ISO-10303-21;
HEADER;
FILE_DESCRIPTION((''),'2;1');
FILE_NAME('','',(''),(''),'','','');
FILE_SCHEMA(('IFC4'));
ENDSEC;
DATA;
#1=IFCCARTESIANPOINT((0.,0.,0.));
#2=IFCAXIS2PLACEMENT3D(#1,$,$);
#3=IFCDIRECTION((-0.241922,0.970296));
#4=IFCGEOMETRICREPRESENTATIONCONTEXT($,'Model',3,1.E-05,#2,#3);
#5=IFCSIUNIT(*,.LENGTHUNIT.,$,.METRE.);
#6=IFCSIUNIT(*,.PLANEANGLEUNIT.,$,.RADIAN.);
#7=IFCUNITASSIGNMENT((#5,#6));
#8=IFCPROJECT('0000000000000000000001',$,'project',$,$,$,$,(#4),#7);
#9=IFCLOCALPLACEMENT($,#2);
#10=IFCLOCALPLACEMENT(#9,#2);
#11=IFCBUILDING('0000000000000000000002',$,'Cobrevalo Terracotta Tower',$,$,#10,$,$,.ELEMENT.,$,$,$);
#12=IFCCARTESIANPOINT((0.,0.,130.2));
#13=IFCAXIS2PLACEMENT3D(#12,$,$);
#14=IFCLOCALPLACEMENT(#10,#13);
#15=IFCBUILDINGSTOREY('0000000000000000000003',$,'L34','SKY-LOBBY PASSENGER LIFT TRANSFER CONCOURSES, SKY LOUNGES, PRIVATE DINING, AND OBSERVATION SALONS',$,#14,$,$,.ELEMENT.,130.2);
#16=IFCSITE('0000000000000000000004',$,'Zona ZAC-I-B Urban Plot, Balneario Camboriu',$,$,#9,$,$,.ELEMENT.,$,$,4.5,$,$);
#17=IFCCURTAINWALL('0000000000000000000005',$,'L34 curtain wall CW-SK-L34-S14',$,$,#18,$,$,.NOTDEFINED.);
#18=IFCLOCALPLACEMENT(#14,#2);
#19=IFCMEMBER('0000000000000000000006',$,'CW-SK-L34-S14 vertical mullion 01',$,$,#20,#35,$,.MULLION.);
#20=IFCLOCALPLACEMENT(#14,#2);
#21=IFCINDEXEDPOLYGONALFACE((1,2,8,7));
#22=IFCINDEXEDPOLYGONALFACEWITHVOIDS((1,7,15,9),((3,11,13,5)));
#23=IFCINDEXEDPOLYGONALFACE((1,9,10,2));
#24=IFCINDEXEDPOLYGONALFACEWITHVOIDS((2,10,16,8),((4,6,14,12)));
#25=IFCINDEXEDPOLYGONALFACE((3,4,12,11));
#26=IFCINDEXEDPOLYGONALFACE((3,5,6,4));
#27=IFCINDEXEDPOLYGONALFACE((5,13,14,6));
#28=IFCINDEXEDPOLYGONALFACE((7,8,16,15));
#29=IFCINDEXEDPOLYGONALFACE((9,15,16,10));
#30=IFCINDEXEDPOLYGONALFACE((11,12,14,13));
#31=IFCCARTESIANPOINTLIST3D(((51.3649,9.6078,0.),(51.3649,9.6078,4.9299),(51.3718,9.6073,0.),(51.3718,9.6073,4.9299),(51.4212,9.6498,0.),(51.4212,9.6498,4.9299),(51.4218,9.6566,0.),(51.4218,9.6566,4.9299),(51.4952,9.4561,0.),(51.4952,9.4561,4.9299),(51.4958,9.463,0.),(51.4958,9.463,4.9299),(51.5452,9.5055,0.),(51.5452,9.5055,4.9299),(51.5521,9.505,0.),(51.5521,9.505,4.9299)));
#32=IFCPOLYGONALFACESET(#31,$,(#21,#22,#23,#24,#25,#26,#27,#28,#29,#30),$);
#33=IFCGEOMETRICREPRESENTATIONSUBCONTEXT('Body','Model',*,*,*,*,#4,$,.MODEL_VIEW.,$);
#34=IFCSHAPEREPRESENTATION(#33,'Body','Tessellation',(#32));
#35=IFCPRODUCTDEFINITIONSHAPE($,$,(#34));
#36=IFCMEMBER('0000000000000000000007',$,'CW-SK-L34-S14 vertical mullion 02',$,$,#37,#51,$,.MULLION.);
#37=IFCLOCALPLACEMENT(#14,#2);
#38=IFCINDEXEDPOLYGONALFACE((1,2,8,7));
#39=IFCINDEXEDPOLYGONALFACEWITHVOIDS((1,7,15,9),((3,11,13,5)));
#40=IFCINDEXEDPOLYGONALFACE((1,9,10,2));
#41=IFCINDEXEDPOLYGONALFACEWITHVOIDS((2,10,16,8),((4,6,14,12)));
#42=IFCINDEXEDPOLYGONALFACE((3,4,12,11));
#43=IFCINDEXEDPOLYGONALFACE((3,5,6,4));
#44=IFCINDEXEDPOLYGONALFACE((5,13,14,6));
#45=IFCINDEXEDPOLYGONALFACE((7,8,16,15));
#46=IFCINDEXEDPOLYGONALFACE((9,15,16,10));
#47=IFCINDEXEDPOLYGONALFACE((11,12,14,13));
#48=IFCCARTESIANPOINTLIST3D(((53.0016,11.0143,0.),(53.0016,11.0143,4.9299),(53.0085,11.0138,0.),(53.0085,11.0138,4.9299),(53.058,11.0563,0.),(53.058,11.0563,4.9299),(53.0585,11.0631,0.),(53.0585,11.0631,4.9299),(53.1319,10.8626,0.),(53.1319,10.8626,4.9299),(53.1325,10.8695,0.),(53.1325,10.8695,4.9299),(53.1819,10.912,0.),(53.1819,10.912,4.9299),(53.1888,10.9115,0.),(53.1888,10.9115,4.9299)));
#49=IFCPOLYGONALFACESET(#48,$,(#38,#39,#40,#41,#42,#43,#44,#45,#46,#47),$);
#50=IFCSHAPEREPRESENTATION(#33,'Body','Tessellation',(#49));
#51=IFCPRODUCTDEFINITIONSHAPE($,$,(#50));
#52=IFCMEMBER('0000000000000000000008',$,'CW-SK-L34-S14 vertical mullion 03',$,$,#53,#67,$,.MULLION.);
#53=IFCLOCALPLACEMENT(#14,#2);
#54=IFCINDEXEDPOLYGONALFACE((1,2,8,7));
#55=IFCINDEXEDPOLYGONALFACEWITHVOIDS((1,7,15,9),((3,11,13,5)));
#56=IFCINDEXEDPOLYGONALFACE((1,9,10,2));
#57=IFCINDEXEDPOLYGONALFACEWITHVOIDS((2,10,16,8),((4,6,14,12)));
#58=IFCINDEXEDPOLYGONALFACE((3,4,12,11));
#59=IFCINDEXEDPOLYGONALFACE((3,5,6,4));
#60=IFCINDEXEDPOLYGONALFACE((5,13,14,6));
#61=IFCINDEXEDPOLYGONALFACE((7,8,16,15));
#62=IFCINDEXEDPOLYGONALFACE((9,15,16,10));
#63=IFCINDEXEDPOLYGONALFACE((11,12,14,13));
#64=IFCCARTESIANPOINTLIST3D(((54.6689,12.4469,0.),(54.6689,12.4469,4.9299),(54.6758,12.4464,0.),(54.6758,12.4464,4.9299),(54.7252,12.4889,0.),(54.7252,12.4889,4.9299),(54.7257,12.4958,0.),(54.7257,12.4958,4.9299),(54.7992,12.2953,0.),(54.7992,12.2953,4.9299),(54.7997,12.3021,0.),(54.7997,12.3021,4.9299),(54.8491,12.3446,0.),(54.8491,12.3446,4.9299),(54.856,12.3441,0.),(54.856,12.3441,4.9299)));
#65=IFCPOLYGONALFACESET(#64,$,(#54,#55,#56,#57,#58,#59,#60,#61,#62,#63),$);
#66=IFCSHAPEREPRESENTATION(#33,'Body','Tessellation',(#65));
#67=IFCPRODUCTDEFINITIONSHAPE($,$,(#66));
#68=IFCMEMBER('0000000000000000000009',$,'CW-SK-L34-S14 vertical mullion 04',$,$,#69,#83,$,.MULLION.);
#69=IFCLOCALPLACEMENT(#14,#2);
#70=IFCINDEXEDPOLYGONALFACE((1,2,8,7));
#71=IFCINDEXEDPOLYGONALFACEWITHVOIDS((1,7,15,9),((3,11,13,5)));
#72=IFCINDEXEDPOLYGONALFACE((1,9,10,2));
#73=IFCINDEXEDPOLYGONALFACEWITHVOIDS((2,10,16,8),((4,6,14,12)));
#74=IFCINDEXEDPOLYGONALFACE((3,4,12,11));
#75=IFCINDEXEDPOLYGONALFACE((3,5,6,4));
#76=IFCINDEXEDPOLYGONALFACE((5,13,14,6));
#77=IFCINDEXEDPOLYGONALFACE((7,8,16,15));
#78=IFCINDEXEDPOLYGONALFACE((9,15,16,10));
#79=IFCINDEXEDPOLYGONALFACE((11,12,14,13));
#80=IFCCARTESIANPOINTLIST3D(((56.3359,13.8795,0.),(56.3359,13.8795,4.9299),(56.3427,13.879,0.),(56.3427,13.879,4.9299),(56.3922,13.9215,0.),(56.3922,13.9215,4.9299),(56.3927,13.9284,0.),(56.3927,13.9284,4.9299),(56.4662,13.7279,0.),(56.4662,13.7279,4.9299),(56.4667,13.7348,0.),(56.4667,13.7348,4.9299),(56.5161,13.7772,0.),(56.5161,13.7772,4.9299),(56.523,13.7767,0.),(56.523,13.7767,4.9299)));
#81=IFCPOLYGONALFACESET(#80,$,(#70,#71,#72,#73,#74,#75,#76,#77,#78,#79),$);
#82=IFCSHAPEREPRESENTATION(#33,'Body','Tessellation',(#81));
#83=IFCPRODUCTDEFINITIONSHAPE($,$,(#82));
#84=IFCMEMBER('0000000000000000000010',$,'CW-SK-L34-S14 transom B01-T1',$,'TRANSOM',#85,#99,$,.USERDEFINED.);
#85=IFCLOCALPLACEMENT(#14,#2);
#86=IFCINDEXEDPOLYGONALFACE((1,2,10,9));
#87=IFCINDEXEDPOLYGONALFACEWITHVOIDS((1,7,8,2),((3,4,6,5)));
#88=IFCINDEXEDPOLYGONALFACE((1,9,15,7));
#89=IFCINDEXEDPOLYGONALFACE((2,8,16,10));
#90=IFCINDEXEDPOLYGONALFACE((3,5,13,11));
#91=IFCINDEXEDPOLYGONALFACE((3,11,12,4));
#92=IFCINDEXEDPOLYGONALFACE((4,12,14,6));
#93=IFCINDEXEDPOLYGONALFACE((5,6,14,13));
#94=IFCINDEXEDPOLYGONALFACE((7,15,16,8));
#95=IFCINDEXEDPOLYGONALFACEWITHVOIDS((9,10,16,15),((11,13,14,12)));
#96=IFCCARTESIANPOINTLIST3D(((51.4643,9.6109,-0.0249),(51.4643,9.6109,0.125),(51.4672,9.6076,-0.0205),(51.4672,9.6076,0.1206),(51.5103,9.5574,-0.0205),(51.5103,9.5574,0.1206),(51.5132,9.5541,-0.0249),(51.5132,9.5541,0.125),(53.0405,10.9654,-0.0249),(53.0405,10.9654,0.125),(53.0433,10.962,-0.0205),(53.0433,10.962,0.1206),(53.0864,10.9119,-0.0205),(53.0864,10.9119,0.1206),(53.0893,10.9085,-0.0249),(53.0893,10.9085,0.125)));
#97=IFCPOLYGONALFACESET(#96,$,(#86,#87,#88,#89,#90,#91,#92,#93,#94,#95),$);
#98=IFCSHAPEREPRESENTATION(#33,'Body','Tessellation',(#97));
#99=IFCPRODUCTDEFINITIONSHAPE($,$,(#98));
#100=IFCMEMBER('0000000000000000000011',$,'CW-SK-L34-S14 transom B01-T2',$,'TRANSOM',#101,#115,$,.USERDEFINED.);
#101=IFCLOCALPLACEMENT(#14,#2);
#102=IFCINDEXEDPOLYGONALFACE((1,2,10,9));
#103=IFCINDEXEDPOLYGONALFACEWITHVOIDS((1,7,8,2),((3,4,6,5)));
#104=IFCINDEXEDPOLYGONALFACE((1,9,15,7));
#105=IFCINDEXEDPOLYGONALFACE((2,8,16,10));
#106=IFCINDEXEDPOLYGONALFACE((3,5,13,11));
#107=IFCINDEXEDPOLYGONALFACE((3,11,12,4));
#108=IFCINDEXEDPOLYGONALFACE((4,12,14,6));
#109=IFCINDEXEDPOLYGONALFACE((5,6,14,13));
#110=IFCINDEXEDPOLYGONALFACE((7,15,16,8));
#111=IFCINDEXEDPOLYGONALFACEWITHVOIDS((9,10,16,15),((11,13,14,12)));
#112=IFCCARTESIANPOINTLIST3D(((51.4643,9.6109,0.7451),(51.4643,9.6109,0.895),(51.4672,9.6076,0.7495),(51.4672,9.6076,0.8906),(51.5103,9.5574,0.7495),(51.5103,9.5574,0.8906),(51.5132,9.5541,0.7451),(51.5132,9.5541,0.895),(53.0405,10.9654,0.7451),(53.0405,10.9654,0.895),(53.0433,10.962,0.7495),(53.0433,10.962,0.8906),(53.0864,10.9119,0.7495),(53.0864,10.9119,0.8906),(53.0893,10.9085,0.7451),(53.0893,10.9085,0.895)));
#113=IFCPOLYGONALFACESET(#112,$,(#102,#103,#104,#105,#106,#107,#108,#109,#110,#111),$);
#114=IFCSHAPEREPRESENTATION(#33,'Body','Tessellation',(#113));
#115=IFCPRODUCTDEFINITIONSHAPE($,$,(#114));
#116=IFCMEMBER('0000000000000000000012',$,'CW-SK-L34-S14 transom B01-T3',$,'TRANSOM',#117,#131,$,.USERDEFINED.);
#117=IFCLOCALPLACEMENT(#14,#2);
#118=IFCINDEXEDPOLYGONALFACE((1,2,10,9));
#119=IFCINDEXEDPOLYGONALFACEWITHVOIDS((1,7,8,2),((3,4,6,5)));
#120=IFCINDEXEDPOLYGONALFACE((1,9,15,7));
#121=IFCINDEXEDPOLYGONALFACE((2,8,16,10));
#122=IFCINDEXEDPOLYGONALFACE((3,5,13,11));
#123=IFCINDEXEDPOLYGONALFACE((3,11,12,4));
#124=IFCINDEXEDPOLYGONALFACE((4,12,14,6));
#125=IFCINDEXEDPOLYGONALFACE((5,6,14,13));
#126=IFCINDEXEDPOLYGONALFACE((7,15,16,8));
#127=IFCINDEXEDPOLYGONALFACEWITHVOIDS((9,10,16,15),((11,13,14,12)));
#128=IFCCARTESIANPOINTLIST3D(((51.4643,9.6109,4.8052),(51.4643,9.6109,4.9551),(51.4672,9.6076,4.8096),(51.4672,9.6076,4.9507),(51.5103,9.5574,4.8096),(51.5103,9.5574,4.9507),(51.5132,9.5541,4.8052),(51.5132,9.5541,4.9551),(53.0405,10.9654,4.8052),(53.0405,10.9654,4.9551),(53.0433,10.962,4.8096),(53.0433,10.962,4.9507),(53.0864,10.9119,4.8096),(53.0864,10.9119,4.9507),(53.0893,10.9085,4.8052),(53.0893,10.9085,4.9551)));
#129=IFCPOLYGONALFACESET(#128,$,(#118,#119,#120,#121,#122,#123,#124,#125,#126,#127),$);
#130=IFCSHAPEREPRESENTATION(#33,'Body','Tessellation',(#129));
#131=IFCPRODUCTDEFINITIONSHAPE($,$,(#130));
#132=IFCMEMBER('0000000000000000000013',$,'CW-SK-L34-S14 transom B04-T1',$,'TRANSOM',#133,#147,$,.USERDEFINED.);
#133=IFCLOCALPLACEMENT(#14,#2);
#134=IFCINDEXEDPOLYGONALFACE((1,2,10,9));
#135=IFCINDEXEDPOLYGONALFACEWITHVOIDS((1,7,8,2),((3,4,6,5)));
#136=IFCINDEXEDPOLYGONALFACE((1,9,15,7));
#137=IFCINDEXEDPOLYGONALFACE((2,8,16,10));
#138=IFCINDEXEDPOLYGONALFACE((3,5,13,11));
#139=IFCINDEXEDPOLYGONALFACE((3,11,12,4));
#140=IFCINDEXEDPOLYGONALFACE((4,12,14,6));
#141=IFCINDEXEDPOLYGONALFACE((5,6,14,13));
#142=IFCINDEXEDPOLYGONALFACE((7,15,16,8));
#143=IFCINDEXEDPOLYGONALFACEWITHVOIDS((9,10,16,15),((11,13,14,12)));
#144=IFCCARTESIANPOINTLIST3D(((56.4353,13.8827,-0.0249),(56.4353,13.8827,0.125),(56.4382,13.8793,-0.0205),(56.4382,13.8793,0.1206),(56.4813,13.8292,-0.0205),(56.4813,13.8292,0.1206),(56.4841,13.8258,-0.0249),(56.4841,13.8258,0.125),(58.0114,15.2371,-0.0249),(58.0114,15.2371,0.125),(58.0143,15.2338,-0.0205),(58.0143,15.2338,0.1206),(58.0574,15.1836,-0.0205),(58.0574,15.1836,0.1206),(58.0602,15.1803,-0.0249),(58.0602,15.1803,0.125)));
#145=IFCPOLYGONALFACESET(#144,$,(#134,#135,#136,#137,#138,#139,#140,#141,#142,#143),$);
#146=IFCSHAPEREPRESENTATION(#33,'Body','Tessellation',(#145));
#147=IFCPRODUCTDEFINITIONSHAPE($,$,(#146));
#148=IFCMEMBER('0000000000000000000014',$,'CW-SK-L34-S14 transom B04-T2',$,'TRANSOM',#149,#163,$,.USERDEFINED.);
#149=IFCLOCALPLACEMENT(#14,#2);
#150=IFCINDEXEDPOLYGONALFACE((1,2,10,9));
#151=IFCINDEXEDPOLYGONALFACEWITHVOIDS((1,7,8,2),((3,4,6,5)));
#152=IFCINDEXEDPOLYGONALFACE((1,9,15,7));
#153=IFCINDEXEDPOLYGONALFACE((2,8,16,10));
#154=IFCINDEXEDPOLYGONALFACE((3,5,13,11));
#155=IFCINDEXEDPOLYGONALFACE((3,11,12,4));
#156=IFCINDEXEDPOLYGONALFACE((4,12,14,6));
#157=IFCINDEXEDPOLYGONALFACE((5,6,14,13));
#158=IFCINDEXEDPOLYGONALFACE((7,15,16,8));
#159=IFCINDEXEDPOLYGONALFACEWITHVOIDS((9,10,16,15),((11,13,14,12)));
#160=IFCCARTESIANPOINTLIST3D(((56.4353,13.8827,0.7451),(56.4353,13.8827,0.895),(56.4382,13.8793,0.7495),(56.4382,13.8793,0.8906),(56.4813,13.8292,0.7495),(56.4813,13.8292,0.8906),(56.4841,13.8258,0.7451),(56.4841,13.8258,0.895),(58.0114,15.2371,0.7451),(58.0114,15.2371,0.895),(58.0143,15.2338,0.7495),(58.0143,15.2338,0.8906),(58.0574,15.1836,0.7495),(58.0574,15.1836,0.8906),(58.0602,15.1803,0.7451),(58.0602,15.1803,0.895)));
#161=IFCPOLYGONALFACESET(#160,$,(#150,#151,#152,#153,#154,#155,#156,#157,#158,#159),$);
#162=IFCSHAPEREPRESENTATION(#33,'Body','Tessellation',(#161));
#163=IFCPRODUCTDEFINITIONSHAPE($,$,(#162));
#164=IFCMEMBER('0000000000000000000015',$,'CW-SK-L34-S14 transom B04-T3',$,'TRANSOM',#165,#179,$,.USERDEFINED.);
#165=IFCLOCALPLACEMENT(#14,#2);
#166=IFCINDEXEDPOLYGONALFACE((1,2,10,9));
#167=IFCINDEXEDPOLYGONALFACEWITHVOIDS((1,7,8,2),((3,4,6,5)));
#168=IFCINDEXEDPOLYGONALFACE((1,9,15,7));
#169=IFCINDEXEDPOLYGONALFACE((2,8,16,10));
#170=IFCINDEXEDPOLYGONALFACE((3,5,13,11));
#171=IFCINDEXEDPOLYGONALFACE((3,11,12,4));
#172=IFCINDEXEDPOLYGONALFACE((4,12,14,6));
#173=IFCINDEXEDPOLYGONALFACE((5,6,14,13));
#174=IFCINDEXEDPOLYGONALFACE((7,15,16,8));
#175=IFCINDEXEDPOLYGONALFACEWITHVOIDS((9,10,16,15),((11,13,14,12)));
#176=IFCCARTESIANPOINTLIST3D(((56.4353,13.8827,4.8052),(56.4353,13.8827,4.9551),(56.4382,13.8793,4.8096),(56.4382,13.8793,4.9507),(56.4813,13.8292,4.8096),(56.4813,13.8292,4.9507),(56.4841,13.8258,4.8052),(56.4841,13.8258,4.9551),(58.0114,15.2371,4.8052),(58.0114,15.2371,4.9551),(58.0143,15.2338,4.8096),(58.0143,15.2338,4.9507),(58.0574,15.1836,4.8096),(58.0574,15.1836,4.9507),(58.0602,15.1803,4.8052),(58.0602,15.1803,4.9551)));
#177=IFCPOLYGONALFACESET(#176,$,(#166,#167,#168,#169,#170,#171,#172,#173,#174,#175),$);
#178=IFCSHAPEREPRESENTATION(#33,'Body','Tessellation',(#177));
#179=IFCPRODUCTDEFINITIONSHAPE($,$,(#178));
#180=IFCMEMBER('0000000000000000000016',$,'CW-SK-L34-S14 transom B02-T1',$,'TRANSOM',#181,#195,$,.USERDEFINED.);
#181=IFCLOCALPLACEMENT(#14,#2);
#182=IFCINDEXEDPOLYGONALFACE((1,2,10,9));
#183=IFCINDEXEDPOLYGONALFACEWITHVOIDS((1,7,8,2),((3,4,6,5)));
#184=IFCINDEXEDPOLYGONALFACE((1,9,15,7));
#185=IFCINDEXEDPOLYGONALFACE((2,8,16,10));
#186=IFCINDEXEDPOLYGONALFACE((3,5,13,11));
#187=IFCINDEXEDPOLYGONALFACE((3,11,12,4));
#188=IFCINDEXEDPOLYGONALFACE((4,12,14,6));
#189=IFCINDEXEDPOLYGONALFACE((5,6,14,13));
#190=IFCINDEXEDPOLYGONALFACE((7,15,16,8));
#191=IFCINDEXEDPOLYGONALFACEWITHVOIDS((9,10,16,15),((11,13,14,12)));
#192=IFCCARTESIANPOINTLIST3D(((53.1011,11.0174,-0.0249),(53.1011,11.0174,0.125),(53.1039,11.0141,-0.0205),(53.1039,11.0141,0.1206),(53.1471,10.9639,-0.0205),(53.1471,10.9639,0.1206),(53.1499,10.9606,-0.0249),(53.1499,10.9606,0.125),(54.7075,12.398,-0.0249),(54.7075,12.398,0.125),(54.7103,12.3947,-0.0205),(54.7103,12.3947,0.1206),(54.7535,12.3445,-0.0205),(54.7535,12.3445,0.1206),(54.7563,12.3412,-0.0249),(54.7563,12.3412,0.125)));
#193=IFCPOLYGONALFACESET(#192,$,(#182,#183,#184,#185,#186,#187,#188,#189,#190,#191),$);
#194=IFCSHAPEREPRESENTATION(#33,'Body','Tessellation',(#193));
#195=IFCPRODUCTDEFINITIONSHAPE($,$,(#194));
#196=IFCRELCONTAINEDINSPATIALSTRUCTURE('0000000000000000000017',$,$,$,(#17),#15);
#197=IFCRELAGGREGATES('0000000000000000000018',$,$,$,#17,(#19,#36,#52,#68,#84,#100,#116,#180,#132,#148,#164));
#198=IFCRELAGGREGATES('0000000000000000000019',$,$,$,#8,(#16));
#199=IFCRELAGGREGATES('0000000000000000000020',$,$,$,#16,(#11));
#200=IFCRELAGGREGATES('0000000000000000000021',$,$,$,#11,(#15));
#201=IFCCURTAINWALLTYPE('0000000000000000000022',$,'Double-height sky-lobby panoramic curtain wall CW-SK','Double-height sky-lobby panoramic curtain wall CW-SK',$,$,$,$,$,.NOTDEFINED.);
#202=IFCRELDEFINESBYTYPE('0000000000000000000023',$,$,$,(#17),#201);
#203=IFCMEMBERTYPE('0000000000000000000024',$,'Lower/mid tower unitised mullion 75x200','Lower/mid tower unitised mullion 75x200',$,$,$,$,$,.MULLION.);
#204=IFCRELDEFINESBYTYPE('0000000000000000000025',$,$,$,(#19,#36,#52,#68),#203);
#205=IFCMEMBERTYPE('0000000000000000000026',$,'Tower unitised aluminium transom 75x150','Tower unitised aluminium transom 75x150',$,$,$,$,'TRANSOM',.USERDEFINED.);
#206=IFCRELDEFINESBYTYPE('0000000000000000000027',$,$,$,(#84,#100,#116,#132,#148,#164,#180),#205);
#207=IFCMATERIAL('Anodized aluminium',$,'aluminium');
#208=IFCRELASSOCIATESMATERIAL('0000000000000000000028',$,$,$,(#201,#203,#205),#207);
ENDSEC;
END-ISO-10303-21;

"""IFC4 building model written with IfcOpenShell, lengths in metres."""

from ifc_helpers import new_model, si_unit, direction, frame, origin, origin_2d, place, context, subcontext, project, spatial, hollow_rectangle, extrude, source, transform, mapped, material, material_profile, profile_set, type_object, element, aggregate, save


model = new_model("IFC4")

# Units and contexts
model_context = context("Model", 3, precision=1e-05, world=origin(), true_north=direction((-0.241922, 0.970296)))
body_context = subcontext(model_context, "Body", "Model", "MODEL_VIEW")
ifc_project = project(units=[si_unit("LENGTHUNIT", "METRE"), si_unit("PLANEANGLEUNIT", "RADIAN")], contexts=[model_context])

# Site, building, storey
site_placement = place(None, origin())
site = spatial("IfcSite", under=ifc_project, at=site_placement, Name="Zona ZAC-I-B Urban Plot, Balneario Camboriu", CompositionType="ELEMENT", RefElevation=4.5)
building_placement = place(site_placement, origin())
building = spatial("IfcBuilding", under=site, at=building_placement, Name="Cobrevalo Terracotta Tower", CompositionType="ELEMENT")
storey_placement = place(building_placement, frame((0.0, 0.0, 130.2)))
storey = spatial("IfcBuildingStorey", under=building, at=storey_placement, Name="L34", Description="SKY-LOBBY PASSENGER LIFT TRANSFER CONCOURSES, SKY LOUNGES, PRIVATE DINING, AND OBSERVATION SALONS", CompositionType="ELEMENT", Elevation=130.2)

# Shared definitions
ifc_material_1 = material(Name="Anodized aluminium", Category="aluminium")
curtain_wall_type = type_object("IfcCurtainWallType", Name="Double-height sky-lobby panoramic curtain wall CW-SK", Description="Double-height sky-lobby panoramic curtain wall CW-SK", PredefinedType="NOTDEFINED", material=ifc_material_1)
ifc_material_profile_1 = material_profile(ifc_material_1, hollow_rectangle(XDim=0.075, YDim=0.2, WallThickness=0.0049, at=origin_2d()), Name="CWM 75x200")
ifc_profile_set_1 = profile_set([ifc_material_profile_1], Name="Anodized aluminium")
member_type_1 = type_object("IfcMemberType", Name="Lower/mid tower unitised mullion 75x200", Description="Lower/mid tower unitised mullion 75x200", PredefinedType="MULLION", material=ifc_profile_set_1)
shared_shape_1 = source(origin(), body_context, "Body", "SweptSolid", [
    extrude(hollow_rectangle(XDim=0.075, YDim=0.2, WallThickness=0.0049, at=origin_2d()), origin(), (0.0, 0.0, 1.0), 4.9299),
])

# Curtain wall, members
curtain_wall_1_placement = place(storey_placement, origin())
curtain_wall_1 = element("IfcCurtainWall", 1, at=curtain_wall_1_placement, inside=storey, type_object=curtain_wall_type, Name="L34 curtain wall CW-SK-L34-S14", PredefinedType="NOTDEFINED")
member_1_placement = place(storey_placement, frame((51.4585, 9.5564, 0.0), z_axis=(0.0, 0.0, 1.0), x_axis=(0.758442, 0.651741, 0.0)))
member_1 = element("IfcMember", 2, at=member_1_placement, type_object=member_type_1, Name="CW-SK-L34-S14 vertical mullion 01", PredefinedType="MULLION", context=body_context, shape_type="MappedRepresentation", body=[
    mapped(shared_shape_1, transform((0.0, 0.0, 0.0), scale=1.0)),
])
member_2_placement = place(storey_placement, frame((53.0952, 10.9629, 0.0), z_axis=(0.0, 0.0, 1.0), x_axis=(0.758442, 0.651741, 0.0)))
member_2 = element("IfcMember", 3, at=member_2_placement, type_object=member_type_1, Name="CW-SK-L34-S14 vertical mullion 02", PredefinedType="MULLION", context=body_context, shape_type="MappedRepresentation", body=[
    mapped(shared_shape_1, transform((0.0, 0.0, 0.0), scale=1.0)),
])
member_3_placement = place(storey_placement, frame((54.7625, 12.3955, 0.0), z_axis=(0.0, 0.0, 1.0), x_axis=(0.758442, 0.651741, 0.0)))
member_3 = element("IfcMember", 4, at=member_3_placement, type_object=member_type_1, Name="CW-SK-L34-S14 vertical mullion 03", PredefinedType="MULLION", context=body_context, shape_type="MappedRepresentation", body=[
    mapped(shared_shape_1, transform((0.0, 0.0, 0.0), scale=1.0)),
])
member_4_placement = place(storey_placement, frame((56.4294, 13.8281, 0.0), z_axis=(0.0, 0.0, 1.0), x_axis=(0.758442, 0.651741, 0.0)))
member_4 = element("IfcMember", 5, at=member_4_placement, type_object=member_type_1, Name="CW-SK-L34-S14 vertical mullion 04", PredefinedType="MULLION", context=body_context, shape_type="MappedRepresentation", body=[
    mapped(shared_shape_1, transform((0.0, 0.0, 0.0), scale=1.0)),
])
ifc_material_profile_2 = material_profile(ifc_material_1, hollow_rectangle(XDim=0.075, YDim=0.1499, WallThickness=0.0044, at=origin_2d()), Name="CWT 75x150")
ifc_profile_set_2 = profile_set([ifc_material_profile_2], Name="Anodized aluminium")
member_type_2 = type_object("IfcMemberType", Name="Tower unitised aluminium transom 75x150", Description="Tower unitised aluminium transom 75x150", ElementType="TRANSOM", PredefinedType="USERDEFINED", material=ifc_profile_set_2)
shared_shape_2 = source(origin(), body_context, "Body", "SweptSolid", [
    extrude(hollow_rectangle(XDim=0.075, YDim=0.1499, WallThickness=0.0044, at=origin_2d()), origin(), (0.0, 0.0, 1.0), 2.0781),
])
member_5_placement = place(storey_placement, frame((51.4888, 9.5825, 0.05), z_axis=(0.758427, 0.651758, 0.0), x_axis=(-0.651758, 0.758427, 0.0)))
member_5 = element("IfcMember", 6, at=member_5_placement, type_object=member_type_2, Name="CW-SK-L34-S14 transom B01-T1", ObjectType="TRANSOM", PredefinedType="USERDEFINED", context=body_context, shape_type="MappedRepresentation", body=[
    mapped(shared_shape_2, transform((0.0, 0.0, 0.0), scale=1.0)),
])
member_6_placement = place(storey_placement, frame((51.4888, 9.5825, 0.8201), z_axis=(0.758427, 0.651758, 0.0), x_axis=(-0.651758, 0.758427, 0.0)))
member_6 = element("IfcMember", 7, at=member_6_placement, type_object=member_type_2, Name="CW-SK-L34-S14 transom B01-T2", ObjectType="TRANSOM", PredefinedType="USERDEFINED", context=body_context, shape_type="MappedRepresentation", body=[
    mapped(shared_shape_2, transform((0.0, 0.0, 0.0), scale=1.0)),
])
member_7_placement = place(storey_placement, frame((51.4888, 9.5825, 4.8801), z_axis=(0.758427, 0.651758, 0.0), x_axis=(-0.651758, 0.758427, 0.0)))
member_7 = element("IfcMember", 8, at=member_7_placement, type_object=member_type_2, Name="CW-SK-L34-S14 transom B01-T3", ObjectType="TRANSOM", PredefinedType="USERDEFINED", context=body_context, shape_type="MappedRepresentation", body=[
    mapped(shared_shape_2, transform((0.0, 0.0, 0.0), scale=1.0)),
])
member_8_placement = place(storey_placement, frame((56.4597, 13.8542, 0.05), z_axis=(0.758427, 0.651758, 0.0), x_axis=(-0.651758, 0.758427, 0.0)))
member_8 = element("IfcMember", 9, at=member_8_placement, type_object=member_type_2, Name="CW-SK-L34-S14 transom B04-T1", ObjectType="TRANSOM", PredefinedType="USERDEFINED", context=body_context, shape_type="MappedRepresentation", body=[
    mapped(shared_shape_2, transform((0.0, 0.0, 0.0), scale=1.0)),
])
member_9_placement = place(storey_placement, frame((56.4597, 13.8542, 0.8201), z_axis=(0.758427, 0.651758, 0.0), x_axis=(-0.651758, 0.758427, 0.0)))
member_9 = element("IfcMember", 10, at=member_9_placement, type_object=member_type_2, Name="CW-SK-L34-S14 transom B04-T2", ObjectType="TRANSOM", PredefinedType="USERDEFINED", context=body_context, shape_type="MappedRepresentation", body=[
    mapped(shared_shape_2, transform((0.0, 0.0, 0.0), scale=1.0)),
])
member_10_placement = place(storey_placement, frame((56.4597, 13.8542, 4.8801), z_axis=(0.758427, 0.651758, 0.0), x_axis=(-0.651758, 0.758427, 0.0)))
member_10 = element("IfcMember", 11, at=member_10_placement, type_object=member_type_2, Name="CW-SK-L34-S14 transom B04-T3", ObjectType="TRANSOM", PredefinedType="USERDEFINED", context=body_context, shape_type="MappedRepresentation", body=[
    mapped(shared_shape_2, transform((0.0, 0.0, 0.0), scale=1.0)),
])
shared_shape_3 = source(origin(), body_context, "Body", "SweptSolid", [
    extrude(hollow_rectangle(XDim=0.075, YDim=0.1499, WallThickness=0.0044, at=origin_2d()), origin(), (0.0, 0.0, 1.0), 2.1182),
])
member_11_placement = place(storey_placement, frame((53.1255, 10.989, 0.05), z_axis=(0.758402, 0.651787, 0.0), x_axis=(-0.651787, 0.758402, 0.0)))
member_11 = element("IfcMember", 12, at=member_11_placement, type_object=member_type_2, Name="CW-SK-L34-S14 transom B02-T1", ObjectType="TRANSOM", PredefinedType="USERDEFINED", context=body_context, shape_type="MappedRepresentation", body=[
    mapped(shared_shape_3, transform((0.0, 0.0, 0.0), scale=1.0)),
])
aggregate(curtain_wall_1, [member_1, member_2, member_3, member_4, member_5, member_6, member_7, member_11, member_8, member_9, member_10])

save(model, "model.ifc")
